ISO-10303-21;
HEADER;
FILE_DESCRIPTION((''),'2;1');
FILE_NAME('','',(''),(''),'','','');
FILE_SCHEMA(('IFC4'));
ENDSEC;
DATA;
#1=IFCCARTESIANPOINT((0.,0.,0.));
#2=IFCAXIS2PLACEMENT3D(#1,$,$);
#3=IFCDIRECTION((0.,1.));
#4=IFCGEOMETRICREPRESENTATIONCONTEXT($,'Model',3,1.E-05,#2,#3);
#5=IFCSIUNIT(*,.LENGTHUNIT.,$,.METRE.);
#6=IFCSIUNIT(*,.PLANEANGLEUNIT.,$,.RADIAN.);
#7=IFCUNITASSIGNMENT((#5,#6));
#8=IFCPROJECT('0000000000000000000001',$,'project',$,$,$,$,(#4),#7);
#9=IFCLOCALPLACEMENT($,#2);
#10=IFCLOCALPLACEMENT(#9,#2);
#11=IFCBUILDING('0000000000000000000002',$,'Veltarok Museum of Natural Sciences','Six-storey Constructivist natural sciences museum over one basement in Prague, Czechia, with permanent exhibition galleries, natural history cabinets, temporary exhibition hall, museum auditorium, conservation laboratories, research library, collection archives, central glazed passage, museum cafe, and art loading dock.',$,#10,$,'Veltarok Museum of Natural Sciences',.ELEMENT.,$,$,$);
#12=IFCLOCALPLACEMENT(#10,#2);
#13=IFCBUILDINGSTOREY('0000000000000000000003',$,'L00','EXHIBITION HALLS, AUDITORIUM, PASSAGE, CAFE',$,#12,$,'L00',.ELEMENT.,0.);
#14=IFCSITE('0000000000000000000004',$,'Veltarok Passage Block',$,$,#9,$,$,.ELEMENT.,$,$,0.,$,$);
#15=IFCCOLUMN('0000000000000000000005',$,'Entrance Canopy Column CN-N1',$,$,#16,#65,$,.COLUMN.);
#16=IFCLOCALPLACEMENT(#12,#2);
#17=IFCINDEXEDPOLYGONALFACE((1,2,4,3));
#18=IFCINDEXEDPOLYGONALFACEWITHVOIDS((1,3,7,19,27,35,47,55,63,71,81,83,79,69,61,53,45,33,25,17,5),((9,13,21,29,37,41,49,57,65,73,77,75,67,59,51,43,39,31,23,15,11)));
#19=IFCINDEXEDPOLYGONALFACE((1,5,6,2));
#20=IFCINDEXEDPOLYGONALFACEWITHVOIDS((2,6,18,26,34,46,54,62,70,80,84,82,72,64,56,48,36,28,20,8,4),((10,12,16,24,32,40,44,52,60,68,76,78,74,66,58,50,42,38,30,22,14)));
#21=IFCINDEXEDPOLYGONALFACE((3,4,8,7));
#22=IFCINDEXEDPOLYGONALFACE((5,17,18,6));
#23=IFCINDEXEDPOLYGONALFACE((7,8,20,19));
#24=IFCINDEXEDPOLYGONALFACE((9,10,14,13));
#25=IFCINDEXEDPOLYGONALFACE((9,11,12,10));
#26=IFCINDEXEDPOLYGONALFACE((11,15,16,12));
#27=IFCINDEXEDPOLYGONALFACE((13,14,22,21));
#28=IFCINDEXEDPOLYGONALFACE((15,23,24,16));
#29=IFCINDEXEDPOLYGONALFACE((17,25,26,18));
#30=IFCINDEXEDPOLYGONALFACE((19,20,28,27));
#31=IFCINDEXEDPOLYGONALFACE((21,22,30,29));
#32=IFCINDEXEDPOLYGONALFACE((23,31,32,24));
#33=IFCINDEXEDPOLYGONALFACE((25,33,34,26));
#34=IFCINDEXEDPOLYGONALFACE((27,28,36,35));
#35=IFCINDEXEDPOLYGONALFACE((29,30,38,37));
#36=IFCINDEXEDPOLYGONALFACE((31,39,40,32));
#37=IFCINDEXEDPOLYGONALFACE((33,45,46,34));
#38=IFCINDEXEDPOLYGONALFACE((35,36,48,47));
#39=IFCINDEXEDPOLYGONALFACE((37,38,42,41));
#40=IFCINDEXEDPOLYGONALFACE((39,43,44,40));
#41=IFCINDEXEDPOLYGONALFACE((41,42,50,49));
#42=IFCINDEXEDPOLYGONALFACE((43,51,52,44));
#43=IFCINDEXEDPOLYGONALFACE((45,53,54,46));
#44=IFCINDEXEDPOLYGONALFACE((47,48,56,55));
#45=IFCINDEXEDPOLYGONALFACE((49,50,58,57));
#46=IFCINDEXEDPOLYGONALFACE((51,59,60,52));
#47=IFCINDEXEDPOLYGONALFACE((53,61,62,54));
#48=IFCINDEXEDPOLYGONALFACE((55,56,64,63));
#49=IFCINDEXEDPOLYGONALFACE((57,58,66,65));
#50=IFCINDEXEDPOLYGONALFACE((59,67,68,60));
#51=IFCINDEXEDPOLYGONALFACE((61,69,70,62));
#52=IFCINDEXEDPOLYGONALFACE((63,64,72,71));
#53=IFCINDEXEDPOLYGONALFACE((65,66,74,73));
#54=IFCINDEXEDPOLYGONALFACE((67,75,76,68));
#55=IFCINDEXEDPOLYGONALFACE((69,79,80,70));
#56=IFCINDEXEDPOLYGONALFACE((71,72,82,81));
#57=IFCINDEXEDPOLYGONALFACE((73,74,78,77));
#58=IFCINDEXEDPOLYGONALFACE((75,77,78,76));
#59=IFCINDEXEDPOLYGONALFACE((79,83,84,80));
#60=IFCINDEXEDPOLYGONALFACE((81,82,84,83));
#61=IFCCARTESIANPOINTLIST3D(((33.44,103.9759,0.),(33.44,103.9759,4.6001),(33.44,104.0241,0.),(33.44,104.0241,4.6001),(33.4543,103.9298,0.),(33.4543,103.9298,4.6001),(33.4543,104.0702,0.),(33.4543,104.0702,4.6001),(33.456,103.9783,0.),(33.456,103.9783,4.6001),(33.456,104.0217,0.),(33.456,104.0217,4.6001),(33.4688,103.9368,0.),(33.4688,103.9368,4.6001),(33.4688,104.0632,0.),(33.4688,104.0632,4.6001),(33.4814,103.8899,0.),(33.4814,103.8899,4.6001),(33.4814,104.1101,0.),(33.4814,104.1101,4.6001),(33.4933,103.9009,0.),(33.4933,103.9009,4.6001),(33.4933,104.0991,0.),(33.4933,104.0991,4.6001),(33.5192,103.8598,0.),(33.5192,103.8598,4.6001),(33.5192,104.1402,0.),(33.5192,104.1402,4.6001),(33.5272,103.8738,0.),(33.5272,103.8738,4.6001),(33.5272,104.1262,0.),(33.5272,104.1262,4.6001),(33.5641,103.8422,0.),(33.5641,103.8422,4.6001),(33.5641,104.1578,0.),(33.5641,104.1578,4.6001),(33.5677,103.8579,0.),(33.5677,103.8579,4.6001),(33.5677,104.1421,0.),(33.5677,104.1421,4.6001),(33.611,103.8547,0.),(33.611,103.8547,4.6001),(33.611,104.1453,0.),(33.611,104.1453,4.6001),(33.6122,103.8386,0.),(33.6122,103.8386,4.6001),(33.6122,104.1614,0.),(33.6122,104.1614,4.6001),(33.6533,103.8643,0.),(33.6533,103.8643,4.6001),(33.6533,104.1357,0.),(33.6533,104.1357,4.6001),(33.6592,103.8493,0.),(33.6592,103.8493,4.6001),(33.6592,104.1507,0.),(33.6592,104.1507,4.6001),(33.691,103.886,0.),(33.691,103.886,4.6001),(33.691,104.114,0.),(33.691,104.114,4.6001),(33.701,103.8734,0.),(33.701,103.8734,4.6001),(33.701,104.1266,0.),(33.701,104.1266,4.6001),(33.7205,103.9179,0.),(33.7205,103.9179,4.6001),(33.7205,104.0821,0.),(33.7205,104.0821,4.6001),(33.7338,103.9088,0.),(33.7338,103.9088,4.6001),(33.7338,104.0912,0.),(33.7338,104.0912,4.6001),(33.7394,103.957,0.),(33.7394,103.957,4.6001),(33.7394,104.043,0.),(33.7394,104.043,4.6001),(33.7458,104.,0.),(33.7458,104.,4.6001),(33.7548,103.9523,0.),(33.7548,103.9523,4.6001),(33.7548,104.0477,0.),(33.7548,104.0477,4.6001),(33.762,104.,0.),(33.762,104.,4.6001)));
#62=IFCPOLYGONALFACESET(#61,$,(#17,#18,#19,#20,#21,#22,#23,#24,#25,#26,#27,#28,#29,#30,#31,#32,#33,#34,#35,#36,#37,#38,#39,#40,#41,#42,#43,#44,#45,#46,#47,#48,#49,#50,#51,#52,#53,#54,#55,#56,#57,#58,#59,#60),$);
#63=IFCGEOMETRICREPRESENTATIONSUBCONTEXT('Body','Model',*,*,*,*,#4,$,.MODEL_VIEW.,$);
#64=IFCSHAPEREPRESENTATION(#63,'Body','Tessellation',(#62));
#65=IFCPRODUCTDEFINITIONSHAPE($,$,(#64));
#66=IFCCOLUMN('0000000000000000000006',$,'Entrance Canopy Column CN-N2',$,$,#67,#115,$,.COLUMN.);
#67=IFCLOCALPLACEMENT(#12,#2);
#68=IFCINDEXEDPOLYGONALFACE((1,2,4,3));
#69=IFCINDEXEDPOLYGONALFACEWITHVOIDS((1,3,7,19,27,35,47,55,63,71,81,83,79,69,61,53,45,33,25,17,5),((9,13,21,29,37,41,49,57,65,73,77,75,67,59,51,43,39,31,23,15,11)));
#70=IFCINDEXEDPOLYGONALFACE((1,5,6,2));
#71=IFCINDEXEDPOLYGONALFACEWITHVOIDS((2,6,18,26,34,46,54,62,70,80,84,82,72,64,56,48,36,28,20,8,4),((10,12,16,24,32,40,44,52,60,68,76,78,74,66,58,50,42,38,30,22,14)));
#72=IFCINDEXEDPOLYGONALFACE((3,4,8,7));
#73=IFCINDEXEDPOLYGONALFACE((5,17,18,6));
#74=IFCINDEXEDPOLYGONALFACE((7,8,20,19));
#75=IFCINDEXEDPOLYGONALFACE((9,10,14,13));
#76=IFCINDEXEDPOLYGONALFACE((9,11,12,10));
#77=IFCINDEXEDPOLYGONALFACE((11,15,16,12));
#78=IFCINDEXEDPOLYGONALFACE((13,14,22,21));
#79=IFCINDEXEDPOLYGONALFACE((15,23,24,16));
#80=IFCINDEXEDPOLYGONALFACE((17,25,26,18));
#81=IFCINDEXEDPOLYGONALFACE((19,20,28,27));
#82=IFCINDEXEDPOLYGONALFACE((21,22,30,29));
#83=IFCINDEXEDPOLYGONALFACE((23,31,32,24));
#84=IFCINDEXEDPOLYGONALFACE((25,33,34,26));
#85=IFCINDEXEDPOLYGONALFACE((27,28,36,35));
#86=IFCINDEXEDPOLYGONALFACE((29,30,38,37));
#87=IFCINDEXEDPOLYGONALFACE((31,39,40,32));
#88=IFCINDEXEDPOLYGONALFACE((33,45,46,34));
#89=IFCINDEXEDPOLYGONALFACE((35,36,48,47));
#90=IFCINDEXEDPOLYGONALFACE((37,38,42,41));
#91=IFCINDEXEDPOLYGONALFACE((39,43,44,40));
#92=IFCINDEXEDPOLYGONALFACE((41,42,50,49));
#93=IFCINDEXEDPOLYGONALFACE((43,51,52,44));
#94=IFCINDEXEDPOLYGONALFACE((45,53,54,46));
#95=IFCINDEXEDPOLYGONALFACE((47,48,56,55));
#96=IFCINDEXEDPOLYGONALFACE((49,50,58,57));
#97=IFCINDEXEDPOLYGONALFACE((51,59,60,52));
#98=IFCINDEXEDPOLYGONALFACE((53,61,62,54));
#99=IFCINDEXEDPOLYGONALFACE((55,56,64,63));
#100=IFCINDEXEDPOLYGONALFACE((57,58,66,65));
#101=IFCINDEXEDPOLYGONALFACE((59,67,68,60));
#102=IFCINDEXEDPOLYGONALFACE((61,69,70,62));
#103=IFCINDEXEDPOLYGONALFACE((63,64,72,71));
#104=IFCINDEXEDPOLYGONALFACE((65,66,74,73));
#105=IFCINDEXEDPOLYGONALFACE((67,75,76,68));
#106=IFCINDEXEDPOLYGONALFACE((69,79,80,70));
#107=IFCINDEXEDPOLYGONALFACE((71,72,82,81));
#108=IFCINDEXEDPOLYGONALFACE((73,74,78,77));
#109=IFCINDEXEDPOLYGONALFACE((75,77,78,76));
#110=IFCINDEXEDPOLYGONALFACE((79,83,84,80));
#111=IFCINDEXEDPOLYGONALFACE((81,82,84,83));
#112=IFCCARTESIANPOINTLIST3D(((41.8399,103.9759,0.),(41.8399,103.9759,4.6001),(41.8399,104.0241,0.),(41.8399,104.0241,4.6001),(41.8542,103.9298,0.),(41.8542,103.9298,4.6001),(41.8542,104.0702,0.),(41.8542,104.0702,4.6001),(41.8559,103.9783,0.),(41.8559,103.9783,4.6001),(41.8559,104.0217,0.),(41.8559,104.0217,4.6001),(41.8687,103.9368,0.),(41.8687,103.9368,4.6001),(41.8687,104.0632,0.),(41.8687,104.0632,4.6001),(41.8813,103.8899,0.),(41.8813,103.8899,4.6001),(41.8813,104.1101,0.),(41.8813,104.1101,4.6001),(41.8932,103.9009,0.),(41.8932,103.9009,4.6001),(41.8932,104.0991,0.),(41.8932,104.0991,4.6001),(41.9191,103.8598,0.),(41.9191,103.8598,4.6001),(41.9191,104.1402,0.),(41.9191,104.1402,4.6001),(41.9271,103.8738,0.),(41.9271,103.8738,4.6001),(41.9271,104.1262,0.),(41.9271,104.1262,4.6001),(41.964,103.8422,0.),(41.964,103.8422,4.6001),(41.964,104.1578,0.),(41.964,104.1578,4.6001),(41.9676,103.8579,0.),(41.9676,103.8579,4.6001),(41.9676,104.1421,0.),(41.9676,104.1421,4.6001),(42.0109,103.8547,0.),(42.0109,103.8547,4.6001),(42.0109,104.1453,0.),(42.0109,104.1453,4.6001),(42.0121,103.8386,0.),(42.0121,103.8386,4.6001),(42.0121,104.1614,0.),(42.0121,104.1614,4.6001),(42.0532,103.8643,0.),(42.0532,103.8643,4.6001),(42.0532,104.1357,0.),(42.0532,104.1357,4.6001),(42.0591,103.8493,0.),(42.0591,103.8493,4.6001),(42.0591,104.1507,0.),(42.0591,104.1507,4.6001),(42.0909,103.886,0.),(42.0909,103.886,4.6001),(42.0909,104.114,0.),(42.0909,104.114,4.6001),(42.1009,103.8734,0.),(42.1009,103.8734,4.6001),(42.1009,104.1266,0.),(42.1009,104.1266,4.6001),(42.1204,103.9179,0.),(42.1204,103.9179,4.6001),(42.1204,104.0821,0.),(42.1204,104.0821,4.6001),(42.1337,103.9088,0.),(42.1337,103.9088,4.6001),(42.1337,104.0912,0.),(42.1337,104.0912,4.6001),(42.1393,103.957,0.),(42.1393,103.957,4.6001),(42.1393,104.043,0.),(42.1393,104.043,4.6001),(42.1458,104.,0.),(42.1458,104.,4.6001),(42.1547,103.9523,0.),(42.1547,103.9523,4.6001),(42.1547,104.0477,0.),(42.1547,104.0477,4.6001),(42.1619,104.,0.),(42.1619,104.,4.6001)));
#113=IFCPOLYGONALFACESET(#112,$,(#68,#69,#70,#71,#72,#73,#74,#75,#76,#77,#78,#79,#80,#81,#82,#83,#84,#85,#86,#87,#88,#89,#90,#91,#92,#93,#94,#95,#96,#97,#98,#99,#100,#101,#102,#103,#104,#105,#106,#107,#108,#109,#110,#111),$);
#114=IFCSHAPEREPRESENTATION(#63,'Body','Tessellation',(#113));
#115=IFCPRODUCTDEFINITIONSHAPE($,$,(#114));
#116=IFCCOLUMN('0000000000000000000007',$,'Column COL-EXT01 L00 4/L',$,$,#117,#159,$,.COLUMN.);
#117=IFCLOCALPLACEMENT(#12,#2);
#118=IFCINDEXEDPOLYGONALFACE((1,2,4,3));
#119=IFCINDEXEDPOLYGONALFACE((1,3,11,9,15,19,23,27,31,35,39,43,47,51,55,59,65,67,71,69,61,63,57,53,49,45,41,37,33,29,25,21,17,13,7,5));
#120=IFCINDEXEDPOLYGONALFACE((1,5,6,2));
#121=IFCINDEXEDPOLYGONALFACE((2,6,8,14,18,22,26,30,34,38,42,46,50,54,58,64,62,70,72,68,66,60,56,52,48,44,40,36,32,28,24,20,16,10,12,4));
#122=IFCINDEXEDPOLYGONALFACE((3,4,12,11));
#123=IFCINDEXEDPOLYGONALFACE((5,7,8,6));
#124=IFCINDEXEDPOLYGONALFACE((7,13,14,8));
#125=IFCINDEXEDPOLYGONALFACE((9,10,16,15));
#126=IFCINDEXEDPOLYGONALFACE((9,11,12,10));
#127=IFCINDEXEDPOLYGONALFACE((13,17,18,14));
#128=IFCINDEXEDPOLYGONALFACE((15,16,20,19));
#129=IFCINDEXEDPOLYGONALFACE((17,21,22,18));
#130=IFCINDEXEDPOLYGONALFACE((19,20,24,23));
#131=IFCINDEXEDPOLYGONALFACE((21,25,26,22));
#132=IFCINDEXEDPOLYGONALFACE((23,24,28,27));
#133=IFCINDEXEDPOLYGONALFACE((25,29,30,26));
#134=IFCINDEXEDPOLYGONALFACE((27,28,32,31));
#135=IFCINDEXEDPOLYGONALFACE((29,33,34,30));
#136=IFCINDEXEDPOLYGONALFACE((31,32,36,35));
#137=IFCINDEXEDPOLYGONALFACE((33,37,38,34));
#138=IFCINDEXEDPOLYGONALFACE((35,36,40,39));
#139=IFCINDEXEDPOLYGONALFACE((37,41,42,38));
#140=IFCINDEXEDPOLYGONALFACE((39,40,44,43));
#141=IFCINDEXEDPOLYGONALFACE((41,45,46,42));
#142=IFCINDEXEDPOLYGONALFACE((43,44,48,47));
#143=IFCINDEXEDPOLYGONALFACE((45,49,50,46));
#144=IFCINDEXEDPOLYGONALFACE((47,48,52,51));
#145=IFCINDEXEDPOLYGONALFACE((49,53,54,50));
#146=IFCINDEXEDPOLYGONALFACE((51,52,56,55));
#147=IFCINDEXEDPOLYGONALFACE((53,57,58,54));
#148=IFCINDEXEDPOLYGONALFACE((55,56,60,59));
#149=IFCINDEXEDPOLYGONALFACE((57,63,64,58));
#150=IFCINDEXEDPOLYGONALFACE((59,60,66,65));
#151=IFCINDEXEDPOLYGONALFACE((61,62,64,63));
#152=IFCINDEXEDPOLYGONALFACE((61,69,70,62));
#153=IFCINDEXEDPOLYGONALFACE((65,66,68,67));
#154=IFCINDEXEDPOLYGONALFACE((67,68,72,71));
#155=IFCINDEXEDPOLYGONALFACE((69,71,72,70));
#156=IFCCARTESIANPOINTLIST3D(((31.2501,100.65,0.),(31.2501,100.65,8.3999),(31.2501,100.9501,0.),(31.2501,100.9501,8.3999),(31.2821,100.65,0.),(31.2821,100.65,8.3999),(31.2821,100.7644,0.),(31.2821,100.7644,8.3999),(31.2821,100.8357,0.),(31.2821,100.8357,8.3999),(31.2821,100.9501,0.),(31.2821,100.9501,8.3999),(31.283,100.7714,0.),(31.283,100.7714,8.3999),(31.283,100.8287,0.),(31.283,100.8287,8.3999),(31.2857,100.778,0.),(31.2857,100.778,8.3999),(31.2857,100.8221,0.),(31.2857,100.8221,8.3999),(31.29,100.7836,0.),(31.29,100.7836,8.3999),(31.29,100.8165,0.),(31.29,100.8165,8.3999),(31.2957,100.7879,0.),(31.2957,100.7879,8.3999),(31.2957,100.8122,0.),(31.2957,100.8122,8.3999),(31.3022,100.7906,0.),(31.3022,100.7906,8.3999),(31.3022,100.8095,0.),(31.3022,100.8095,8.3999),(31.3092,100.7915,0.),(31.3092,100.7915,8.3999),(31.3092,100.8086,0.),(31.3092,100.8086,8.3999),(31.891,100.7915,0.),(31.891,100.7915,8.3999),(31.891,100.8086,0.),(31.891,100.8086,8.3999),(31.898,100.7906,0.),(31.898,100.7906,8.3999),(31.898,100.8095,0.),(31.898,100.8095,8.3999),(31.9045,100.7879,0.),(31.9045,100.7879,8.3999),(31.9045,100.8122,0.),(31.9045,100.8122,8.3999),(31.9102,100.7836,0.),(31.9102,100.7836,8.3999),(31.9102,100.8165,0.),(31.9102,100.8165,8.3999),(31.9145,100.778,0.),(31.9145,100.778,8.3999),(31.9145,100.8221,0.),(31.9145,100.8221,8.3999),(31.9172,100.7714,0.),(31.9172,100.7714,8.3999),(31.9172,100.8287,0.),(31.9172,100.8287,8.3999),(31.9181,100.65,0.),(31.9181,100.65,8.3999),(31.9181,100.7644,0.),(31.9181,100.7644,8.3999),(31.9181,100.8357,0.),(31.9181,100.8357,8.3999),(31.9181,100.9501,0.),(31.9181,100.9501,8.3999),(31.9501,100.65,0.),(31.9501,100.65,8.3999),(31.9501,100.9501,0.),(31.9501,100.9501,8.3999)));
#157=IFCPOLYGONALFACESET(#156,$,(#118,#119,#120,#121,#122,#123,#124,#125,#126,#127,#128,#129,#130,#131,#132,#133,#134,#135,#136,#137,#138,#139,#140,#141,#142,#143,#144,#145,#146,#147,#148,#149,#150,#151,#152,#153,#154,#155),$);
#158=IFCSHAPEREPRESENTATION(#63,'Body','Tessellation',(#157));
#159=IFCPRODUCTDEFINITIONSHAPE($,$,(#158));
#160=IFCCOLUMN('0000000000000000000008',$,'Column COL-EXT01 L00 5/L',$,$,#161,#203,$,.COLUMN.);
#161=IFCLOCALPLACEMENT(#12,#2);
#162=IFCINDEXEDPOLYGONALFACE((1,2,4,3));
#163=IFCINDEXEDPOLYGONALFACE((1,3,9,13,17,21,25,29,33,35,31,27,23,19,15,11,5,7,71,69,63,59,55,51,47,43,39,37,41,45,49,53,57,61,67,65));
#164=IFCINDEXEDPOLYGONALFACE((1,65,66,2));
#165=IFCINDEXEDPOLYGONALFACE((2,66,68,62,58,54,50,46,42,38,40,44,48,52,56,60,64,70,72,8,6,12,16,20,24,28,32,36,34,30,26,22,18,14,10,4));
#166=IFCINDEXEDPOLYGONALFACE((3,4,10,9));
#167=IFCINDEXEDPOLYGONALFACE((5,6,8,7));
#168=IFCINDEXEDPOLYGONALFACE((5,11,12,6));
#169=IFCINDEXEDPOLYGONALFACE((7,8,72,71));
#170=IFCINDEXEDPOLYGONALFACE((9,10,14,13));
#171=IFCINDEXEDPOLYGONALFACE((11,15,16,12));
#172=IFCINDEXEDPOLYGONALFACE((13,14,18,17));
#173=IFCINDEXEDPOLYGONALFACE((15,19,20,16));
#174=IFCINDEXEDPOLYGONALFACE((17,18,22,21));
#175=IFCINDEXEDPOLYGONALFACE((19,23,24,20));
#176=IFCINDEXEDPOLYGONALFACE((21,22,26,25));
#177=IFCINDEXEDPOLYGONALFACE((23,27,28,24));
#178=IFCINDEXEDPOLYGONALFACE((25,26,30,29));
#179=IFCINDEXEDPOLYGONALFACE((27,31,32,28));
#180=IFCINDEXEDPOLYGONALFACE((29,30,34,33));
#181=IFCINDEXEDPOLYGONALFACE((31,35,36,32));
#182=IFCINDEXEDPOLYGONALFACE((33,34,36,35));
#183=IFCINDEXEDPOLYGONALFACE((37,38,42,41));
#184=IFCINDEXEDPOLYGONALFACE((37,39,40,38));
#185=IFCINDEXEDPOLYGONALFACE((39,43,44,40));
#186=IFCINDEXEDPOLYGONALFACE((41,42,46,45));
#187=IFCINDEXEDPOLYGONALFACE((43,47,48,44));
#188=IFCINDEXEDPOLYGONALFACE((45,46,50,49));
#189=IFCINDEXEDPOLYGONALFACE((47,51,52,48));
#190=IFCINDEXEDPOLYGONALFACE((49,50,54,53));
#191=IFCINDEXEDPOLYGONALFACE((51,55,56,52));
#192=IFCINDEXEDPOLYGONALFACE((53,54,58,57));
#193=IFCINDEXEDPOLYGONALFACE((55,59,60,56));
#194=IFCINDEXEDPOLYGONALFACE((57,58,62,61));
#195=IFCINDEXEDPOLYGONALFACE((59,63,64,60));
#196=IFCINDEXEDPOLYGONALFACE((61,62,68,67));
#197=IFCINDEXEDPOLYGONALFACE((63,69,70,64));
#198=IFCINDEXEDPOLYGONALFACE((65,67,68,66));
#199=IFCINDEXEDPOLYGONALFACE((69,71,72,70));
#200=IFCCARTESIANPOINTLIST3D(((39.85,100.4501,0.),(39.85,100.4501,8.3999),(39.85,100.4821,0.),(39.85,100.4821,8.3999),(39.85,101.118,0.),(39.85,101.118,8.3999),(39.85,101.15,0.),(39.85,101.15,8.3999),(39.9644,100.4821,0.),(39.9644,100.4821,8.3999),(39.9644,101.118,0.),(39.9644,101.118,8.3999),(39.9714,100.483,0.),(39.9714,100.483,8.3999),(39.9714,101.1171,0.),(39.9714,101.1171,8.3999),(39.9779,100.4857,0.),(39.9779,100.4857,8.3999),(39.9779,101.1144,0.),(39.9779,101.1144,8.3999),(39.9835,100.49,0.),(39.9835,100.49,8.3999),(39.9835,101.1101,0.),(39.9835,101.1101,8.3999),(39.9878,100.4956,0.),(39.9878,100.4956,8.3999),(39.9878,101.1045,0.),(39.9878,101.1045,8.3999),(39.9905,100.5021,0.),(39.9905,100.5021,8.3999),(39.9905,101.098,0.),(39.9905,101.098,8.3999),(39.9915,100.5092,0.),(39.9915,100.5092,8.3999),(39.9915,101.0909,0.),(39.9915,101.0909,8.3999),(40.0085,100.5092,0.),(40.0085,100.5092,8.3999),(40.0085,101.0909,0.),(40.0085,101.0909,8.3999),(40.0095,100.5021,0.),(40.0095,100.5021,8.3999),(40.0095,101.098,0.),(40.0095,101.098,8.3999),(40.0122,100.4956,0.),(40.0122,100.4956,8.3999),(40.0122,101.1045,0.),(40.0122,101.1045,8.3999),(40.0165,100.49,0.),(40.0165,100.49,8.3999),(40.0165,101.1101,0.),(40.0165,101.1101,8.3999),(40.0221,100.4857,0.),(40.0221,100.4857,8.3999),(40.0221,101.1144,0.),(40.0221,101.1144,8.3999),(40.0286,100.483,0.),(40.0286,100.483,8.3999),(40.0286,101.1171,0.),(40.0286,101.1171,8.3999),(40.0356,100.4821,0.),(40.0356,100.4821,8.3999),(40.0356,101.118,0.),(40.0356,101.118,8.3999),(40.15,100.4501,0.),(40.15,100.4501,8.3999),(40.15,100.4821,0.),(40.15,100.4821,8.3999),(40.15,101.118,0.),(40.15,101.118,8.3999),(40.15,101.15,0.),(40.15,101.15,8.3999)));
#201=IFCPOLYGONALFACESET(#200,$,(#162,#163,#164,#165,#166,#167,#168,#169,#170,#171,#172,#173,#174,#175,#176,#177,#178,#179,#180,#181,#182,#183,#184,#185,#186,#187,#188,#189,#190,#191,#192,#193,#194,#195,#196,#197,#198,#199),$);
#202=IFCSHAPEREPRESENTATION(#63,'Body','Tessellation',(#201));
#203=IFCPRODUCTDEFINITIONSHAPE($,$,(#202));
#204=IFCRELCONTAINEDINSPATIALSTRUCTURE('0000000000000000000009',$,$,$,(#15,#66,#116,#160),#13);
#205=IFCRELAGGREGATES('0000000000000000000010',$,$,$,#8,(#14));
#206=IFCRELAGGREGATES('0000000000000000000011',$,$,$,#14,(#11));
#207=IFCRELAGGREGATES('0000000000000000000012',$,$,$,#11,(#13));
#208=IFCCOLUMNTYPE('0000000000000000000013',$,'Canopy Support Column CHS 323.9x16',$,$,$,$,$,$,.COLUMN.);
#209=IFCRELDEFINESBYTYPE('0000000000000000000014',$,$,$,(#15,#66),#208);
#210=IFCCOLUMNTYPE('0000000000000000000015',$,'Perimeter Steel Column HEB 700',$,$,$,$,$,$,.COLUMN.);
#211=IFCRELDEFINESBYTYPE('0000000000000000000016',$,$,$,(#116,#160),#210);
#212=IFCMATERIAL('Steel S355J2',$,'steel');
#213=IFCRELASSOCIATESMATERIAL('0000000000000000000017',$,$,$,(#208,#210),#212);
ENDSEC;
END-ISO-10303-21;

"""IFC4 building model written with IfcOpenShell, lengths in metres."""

from ifc_helpers import new_model, si_unit, direction, frame, origin, origin_2d, place, context, subcontext, project, spatial, hollow_circle, i_section, extrude, material, material_profile, profile_set, type_object, element, save


model = new_model("IFC4")

# Units and contexts
model_context = context("Model", 3, precision=1e-05, world=origin(), true_north=direction((0.0, 1.0)))
body_context = subcontext(model_context, "Body", "Model", "MODEL_VIEW")
ifc_project = project(units=[si_unit("LENGTHUNIT", "METRE"), si_unit("PLANEANGLEUNIT", "RADIAN")], contexts=[model_context])

# Site, building, storey
site_placement = place(None, origin())
site = spatial("IfcSite", under=ifc_project, at=site_placement, Name="Veltarok Passage Block", CompositionType="ELEMENT", RefElevation=0.0)
building_placement = place(site_placement, origin())
building = spatial("IfcBuilding", under=site, at=building_placement, Name="Veltarok Museum of Natural Sciences", Description="Six-storey Constructivist natural sciences museum over one basement in Prague, Czechia, with permanent exhibition galleries, natural history cabinets, temporary exhibition hall, museum auditorium, conservation laboratories, research library, collection archives, central glazed passage, museum cafe, and art loading dock.", LongName="Veltarok Museum of Natural Sciences", CompositionType="ELEMENT")
storey_placement = place(building_placement, origin())
storey = spatial("IfcBuildingStorey", under=building, at=storey_placement, Name="L00", Description="EXHIBITION HALLS, AUDITORIUM, PASSAGE, CAFE", LongName="L00", CompositionType="ELEMENT", Elevation=0.0)

# Columns
ifc_material_1 = material(Name="Steel S355J2", Category="steel")
ifc_material_profile_1 = material_profile(ifc_material_1, hollow_circle(Radius=0.1619, WallThickness=0.0161, at=origin_2d()), Name="CHS 323.9x16")
ifc_profile_set_1 = profile_set([ifc_material_profile_1], Name="Steel S355J2")
column_type_1 = type_object("IfcColumnType", Name="Canopy Support Column CHS 323.9x16", PredefinedType="COLUMN", material=ifc_profile_set_1)
for number, where, z_axis, x_axis, name in (
    (1, (33.6001, 104.0, 0.0), (0.0, 0.0, 1.0), (1.0, 0.0, 0.0), "Entrance Canopy Column CN-N1"),
    (2, (42.0, 104.0, 0.0), (0.0, 0.0, 1.0), (1.0, 0.0, 0.0), "Entrance Canopy Column CN-N2"),
):
    element("IfcColumn", number, at=place(storey_placement, frame(where, z_axis=z_axis, x_axis=x_axis)), inside=storey, type_object=column_type_1, Name=name, PredefinedType="COLUMN", context=body_context, shape_type="SweptSolid", body=[
        extrude(hollow_circle(Radius=0.1619, WallThickness=0.0161, at=origin_2d()), origin(), (0.0, 0.0, 1.0), 4.6001),
    ])
ifc_material_profile_2 = material_profile(ifc_material_1, i_section(OverallWidth=0.3, OverallDepth=0.7, WebThickness=0.0171, FlangeThickness=0.032, FilletRadius=0.0271, at=origin_2d()), Name="HEB 700")
ifc_profile_set_2 = profile_set([ifc_material_profile_2], Name="Steel S355J2")
column_type_2 = type_object("IfcColumnType", Name="Perimeter Steel Column HEB 700", PredefinedType="COLUMN", material=ifc_profile_set_2)
for number, where, z_axis, x_axis, name in (
    (3, (31.6001, 100.8, 0.0), (0.0, 0.0, 1.0), (0.0, 1.0, 0.0), "Column COL-EXT01 L00 4/L"),
    (4, (40.0, 100.8, 0.0), (0.0, 0.0, 1.0), (1.0, 0.0, 0.0), "Column COL-EXT01 L00 5/L"),
):
    element("IfcColumn", number, at=place(storey_placement, frame(where, z_axis=z_axis, x_axis=x_axis)), inside=storey, type_object=column_type_2, Name=name, PredefinedType="COLUMN", context=body_context, shape_type="SweptSolid", body=[
        extrude(i_section(OverallWidth=0.3, OverallDepth=0.7, WebThickness=0.0171, FlangeThickness=0.032, FilletRadius=0.0271, at=origin_2d()), origin(), (0.0, 0.0, 1.0), 8.3999),
    ])

save(model, "model.ifc")
